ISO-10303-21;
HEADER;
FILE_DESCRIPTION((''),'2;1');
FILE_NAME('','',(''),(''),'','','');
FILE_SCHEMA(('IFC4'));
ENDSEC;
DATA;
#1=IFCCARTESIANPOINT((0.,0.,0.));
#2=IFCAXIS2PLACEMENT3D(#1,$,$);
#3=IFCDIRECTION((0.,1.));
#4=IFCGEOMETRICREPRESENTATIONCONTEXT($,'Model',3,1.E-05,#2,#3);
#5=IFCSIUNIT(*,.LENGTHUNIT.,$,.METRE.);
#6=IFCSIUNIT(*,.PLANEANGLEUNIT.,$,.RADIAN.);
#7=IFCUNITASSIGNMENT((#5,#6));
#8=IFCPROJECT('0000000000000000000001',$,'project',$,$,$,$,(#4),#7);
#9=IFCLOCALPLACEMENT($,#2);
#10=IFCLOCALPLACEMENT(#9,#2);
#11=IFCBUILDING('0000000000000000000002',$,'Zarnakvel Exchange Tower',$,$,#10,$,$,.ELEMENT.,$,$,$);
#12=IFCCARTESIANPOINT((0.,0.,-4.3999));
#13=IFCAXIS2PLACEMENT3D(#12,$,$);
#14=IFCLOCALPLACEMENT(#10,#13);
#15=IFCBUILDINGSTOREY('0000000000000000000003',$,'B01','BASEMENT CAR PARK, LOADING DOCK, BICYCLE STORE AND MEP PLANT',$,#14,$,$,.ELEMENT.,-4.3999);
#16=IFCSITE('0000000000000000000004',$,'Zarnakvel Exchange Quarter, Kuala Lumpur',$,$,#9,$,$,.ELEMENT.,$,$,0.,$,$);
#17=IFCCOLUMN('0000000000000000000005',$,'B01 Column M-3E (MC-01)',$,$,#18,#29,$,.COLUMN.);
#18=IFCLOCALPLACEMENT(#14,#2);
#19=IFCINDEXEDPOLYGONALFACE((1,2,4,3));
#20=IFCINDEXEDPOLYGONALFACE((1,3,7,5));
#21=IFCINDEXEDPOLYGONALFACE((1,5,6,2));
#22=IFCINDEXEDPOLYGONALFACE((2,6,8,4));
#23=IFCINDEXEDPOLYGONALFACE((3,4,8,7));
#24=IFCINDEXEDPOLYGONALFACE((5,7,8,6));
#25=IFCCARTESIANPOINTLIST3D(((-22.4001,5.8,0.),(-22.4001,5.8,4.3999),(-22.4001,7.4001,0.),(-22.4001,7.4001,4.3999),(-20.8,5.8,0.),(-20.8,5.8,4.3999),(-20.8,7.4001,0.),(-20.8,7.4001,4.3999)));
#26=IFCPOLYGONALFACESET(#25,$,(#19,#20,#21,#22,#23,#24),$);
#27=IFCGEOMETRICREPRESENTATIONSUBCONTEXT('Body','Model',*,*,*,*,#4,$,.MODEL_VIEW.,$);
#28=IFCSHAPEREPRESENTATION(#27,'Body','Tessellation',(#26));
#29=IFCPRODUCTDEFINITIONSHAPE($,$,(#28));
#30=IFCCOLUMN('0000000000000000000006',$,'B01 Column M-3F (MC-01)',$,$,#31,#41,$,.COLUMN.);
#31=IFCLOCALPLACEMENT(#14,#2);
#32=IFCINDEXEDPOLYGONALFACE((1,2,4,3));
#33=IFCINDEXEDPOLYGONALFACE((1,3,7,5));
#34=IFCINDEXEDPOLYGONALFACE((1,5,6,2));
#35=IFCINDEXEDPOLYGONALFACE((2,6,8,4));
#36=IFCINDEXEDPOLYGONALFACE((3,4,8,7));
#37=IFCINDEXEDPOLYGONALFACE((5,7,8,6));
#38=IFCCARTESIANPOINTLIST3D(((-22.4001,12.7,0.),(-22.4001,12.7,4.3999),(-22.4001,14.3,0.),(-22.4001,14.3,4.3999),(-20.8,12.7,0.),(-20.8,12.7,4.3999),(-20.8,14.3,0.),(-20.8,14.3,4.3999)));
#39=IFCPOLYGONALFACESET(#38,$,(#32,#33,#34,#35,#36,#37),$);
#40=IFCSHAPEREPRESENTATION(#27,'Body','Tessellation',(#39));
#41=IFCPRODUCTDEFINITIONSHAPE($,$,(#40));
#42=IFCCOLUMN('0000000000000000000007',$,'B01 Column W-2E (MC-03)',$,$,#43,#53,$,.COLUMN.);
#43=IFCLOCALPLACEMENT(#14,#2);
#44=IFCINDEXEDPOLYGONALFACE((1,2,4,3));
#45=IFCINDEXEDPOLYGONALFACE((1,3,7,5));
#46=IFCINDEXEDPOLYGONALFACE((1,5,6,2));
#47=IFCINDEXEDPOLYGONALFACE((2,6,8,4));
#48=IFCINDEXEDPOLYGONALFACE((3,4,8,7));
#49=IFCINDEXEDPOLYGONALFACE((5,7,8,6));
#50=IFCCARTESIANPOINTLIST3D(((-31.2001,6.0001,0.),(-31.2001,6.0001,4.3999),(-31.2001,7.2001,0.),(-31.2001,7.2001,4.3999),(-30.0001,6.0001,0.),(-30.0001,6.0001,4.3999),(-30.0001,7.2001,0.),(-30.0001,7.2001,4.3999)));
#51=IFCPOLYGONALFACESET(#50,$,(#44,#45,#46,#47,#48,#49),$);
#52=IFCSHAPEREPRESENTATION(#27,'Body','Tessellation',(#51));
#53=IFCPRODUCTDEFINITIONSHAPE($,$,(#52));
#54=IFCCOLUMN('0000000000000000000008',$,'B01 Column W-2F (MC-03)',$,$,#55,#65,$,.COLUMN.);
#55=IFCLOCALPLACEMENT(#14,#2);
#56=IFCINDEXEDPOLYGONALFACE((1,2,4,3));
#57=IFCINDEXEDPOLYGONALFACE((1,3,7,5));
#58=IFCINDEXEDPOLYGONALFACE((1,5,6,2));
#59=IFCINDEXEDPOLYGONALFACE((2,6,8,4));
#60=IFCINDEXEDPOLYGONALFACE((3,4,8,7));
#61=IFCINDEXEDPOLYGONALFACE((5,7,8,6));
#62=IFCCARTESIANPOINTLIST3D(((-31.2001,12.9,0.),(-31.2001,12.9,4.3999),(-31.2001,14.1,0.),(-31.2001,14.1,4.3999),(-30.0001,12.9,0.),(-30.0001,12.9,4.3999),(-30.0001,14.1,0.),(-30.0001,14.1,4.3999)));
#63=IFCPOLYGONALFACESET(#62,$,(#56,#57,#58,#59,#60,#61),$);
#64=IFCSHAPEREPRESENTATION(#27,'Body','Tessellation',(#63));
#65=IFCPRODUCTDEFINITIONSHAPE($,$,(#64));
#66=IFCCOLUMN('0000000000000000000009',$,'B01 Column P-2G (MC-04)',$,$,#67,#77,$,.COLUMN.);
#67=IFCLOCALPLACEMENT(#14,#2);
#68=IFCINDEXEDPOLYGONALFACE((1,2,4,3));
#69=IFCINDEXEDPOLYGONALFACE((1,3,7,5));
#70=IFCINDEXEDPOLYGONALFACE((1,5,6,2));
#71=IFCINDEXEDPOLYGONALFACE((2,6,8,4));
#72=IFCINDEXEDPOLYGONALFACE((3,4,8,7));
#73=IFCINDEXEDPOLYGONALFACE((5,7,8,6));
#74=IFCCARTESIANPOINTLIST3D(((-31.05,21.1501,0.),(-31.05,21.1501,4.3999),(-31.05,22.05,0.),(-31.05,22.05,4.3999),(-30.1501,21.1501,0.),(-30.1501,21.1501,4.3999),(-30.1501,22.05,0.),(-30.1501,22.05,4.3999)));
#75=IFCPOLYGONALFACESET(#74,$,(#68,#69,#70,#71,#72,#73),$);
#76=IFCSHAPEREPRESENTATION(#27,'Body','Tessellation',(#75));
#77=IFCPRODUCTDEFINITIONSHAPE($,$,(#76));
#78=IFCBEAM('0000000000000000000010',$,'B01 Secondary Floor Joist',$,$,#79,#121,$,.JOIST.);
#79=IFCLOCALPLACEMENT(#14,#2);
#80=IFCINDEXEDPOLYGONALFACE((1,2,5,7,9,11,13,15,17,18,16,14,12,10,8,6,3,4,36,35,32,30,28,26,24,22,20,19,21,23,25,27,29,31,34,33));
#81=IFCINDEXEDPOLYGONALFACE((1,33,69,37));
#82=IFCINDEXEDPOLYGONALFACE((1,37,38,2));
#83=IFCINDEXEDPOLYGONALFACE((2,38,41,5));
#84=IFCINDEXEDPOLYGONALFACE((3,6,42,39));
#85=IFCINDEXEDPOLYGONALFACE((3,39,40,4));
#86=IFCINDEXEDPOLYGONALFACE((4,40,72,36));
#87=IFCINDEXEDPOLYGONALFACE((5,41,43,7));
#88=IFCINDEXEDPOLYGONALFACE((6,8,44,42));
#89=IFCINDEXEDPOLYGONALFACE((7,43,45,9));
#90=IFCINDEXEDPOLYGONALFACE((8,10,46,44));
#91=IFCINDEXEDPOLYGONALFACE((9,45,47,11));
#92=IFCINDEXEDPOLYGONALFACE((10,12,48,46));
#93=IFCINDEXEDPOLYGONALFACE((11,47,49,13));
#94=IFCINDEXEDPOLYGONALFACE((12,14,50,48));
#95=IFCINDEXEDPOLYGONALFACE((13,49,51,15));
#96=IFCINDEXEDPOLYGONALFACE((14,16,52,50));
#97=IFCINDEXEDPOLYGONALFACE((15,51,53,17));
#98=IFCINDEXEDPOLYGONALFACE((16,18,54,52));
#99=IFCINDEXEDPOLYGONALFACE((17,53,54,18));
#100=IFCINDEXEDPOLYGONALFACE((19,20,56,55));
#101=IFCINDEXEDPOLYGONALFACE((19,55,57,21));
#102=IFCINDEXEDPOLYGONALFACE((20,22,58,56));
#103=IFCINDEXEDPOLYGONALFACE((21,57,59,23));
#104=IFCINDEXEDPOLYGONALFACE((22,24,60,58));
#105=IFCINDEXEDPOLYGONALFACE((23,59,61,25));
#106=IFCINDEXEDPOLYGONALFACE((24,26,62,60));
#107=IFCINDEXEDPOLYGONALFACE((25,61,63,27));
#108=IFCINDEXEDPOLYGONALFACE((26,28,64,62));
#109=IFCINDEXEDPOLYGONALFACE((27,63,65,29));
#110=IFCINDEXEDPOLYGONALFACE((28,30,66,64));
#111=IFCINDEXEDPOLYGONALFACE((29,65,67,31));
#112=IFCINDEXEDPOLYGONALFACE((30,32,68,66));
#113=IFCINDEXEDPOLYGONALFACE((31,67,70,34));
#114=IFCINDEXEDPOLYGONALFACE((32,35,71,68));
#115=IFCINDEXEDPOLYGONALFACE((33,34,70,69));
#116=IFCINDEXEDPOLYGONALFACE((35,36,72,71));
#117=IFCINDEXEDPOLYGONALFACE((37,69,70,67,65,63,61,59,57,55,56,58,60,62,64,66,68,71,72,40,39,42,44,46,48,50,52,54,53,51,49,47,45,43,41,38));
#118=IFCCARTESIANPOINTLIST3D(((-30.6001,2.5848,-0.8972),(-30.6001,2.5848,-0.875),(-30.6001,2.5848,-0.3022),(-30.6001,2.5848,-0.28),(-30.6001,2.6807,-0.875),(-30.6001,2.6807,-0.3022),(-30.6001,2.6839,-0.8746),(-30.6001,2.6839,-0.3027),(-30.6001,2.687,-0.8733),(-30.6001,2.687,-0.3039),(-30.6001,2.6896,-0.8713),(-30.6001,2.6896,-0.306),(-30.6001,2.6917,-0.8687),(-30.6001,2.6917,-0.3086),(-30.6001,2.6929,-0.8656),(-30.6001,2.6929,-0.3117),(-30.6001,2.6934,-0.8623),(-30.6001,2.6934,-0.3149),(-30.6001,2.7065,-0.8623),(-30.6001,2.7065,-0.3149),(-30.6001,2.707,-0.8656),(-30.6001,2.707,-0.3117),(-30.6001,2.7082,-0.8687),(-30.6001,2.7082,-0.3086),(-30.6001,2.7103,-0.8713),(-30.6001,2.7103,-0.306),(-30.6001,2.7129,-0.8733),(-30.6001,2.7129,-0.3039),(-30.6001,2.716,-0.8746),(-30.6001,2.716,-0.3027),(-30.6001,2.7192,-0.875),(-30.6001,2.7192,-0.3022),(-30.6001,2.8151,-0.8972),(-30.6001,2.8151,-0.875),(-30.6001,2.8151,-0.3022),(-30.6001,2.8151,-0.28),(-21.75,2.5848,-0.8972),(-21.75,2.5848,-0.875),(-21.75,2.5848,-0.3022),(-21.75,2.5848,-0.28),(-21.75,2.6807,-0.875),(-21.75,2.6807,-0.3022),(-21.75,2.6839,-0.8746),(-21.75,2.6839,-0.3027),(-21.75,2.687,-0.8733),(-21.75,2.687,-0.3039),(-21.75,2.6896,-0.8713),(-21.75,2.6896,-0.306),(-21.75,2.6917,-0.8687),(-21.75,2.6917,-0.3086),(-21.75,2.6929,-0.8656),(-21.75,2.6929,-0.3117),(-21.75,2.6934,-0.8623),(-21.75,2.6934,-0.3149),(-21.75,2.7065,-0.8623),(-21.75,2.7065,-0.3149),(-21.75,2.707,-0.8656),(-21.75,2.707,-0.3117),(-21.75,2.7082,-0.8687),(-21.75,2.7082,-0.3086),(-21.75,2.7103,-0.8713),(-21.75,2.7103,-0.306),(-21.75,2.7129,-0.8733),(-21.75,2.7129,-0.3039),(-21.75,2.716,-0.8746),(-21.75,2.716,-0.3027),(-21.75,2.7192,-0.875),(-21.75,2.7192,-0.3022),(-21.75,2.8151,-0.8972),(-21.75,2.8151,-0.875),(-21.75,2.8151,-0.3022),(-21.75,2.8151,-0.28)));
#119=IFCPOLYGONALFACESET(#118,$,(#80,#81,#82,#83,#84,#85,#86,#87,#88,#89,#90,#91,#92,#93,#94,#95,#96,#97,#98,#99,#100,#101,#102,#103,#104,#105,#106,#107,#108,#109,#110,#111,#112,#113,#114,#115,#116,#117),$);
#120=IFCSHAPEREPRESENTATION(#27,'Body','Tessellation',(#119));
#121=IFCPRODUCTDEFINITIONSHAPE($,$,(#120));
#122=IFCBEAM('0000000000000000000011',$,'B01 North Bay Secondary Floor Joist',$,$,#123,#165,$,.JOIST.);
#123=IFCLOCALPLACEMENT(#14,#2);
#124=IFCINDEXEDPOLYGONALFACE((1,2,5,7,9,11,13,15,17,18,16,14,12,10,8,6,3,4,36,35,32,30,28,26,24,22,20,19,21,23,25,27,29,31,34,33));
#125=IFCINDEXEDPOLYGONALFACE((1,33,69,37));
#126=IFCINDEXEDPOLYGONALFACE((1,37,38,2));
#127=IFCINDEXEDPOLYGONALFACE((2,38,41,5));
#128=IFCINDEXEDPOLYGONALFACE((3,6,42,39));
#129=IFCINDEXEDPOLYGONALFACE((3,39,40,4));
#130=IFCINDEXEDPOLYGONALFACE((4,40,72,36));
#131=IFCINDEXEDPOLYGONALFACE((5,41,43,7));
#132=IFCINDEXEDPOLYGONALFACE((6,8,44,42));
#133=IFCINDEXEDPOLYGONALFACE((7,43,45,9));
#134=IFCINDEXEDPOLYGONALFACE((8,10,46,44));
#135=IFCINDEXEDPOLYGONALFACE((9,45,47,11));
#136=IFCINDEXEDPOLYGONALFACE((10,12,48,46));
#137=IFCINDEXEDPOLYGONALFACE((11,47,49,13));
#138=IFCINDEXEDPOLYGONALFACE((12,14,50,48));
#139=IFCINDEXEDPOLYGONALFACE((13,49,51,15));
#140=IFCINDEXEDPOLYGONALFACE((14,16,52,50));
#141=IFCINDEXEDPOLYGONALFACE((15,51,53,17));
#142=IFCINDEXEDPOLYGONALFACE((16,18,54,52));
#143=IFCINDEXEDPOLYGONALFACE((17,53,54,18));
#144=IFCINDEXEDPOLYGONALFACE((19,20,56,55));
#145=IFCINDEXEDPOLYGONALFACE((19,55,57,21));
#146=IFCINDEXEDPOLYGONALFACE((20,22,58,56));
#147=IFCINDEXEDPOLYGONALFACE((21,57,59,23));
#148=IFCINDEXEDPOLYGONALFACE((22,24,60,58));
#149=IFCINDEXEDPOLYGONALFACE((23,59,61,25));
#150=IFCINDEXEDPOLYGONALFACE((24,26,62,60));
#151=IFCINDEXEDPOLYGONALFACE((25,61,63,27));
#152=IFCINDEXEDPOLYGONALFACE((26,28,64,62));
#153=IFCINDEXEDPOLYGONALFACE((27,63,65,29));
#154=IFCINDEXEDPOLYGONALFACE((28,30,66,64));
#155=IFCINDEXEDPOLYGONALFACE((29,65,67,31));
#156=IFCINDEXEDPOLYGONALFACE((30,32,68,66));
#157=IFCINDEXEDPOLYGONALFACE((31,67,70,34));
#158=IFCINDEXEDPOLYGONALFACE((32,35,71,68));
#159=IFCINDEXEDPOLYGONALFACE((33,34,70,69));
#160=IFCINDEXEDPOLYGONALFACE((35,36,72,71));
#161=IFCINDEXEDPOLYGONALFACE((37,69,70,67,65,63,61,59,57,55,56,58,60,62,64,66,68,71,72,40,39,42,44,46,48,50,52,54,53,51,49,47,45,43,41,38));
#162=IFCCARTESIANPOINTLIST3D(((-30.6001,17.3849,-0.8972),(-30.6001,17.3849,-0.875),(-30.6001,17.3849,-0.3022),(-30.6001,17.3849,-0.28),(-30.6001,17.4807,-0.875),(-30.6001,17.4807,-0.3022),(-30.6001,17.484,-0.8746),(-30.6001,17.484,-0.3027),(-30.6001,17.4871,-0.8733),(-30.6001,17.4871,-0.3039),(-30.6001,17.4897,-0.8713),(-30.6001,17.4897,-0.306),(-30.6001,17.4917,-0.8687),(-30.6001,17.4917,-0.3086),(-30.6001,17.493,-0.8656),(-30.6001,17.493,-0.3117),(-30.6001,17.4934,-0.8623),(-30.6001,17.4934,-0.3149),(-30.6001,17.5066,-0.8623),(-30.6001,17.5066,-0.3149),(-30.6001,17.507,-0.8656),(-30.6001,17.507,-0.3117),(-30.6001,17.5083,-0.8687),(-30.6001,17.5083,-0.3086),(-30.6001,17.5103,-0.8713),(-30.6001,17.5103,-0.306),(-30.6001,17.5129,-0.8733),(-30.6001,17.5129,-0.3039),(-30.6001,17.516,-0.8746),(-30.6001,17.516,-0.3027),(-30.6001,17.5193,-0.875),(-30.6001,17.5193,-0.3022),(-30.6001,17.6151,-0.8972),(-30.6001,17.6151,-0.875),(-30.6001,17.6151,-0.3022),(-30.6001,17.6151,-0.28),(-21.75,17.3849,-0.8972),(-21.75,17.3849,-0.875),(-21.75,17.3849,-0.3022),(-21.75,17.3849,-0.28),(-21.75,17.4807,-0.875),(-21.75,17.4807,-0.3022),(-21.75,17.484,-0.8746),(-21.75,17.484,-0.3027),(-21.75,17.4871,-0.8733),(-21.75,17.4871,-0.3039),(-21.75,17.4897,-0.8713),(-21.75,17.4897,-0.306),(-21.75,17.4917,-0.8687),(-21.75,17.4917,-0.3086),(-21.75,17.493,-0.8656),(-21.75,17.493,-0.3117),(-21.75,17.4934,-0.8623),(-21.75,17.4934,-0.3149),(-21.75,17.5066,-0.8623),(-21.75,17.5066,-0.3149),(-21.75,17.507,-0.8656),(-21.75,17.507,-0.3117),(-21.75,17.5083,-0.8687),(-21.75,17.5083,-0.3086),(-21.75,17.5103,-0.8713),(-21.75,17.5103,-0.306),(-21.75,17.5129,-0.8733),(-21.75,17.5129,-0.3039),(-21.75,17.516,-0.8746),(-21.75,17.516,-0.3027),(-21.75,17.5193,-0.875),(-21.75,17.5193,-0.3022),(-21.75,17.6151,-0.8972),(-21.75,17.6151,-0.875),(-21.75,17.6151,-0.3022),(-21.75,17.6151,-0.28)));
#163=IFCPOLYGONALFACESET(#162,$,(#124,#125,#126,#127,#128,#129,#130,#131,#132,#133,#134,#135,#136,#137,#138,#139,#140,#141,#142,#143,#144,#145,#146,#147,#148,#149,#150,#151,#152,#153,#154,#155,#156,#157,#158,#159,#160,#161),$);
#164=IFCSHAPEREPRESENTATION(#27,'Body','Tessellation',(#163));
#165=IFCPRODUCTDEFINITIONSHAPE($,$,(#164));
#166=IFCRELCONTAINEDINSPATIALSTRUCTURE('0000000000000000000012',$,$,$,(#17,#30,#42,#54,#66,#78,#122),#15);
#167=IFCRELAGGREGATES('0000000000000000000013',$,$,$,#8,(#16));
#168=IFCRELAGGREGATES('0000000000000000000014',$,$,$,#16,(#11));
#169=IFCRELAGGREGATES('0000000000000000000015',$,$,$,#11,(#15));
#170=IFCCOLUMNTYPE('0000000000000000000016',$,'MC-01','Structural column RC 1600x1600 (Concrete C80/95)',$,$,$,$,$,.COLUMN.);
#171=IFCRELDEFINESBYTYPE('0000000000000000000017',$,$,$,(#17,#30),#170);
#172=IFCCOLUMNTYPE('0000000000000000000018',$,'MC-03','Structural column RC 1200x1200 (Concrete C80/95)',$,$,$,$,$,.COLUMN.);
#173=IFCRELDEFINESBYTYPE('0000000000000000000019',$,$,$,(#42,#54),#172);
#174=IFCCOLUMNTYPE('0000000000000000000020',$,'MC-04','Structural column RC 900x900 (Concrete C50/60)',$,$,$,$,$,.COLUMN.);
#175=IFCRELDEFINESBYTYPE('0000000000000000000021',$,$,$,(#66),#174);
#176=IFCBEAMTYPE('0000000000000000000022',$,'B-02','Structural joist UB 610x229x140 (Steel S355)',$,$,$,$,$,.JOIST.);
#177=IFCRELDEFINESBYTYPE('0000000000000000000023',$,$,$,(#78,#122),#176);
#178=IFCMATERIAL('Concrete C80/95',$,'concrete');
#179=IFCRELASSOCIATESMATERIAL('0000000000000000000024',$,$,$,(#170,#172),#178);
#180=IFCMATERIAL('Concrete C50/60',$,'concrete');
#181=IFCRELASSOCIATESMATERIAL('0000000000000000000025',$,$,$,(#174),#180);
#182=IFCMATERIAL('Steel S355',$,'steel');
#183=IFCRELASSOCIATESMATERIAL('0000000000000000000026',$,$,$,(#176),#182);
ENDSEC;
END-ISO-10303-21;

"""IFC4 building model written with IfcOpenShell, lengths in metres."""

from ifc_helpers import new_model, si_unit, direction, frame, origin, origin_2d, place, context, subcontext, project, spatial, rectangle, i_section, extrude, material, material_profile, profile_set, type_object, element, save


model = new_model("IFC4")

# Units and contexts
model_context = context("Model", 3, precision=1e-05, world=origin(), true_north=direction((0.0, 1.0)))
body_context = subcontext(model_context, "Body", "Model", "MODEL_VIEW")
ifc_project = project(units=[si_unit("LENGTHUNIT", "METRE"), si_unit("PLANEANGLEUNIT", "RADIAN")], contexts=[model_context])

# Site, building, storey
site_placement = place(None, origin())
site = spatial("IfcSite", under=ifc_project, at=site_placement, Name="Zarnakvel Exchange Quarter, Kuala Lumpur", CompositionType="ELEMENT", RefElevation=0.0)
building_placement = place(site_placement, origin())
building = spatial("IfcBuilding", under=site, at=building_placement, Name="Zarnakvel Exchange Tower", CompositionType="ELEMENT")
storey_placement = place(building_placement, frame((0.0, 0.0, -4.3999)))
storey = spatial("IfcBuildingStorey", under=building, at=storey_placement, Name="B01", Description="BASEMENT CAR PARK, LOADING DOCK, BICYCLE STORE AND MEP PLANT", CompositionType="ELEMENT", Elevation=-4.3999)

# Columns
ifc_material_1 = material(Name="Concrete C80/95", Category="concrete")
ifc_material_profile_1 = material_profile(ifc_material_1, rectangle(XDim=1.6001, YDim=1.6001, at=origin_2d()))
ifc_profile_set_1 = profile_set([ifc_material_profile_1], Name="Concrete C80/95")
column_type_1 = type_object("IfcColumnType", Name="MC-01", Description="Structural column RC 1600x1600 (Concrete C80/95)", PredefinedType="COLUMN", material=ifc_profile_set_1)
for number, where, z_axis, x_axis, name in (
    (1, (-21.6001, 6.6001, 0.0), (0.0, 0.0, 1.0), (1.0, 0.0, 0.0), "B01 Column M-3E (MC-01)"),
    (2, (-21.6001, 13.5, 0.0), (0.0, 0.0, 1.0), (1.0, 0.0, 0.0), "B01 Column M-3F (MC-01)"),
):
    element("IfcColumn", number, at=place(storey_placement, frame(where, z_axis=z_axis, x_axis=x_axis)), inside=storey, type_object=column_type_1, Name=name, PredefinedType="COLUMN", context=body_context, shape_type="SweptSolid", body=[
        extrude(rectangle(XDim=1.6001, YDim=1.6001, at=origin_2d()), origin(), (0.0, 0.0, 1.0), 4.3999),
    ])
ifc_material_profile_2 = material_profile(ifc_material_1, rectangle(XDim=1.2, YDim=1.2, at=origin_2d()))
ifc_profile_set_2 = profile_set([ifc_material_profile_2], Name="Concrete C80/95")
column_type_2 = type_object("IfcColumnType", Name="MC-03", Description="Structural column RC 1200x1200 (Concrete C80/95)", PredefinedType="COLUMN", material=ifc_profile_set_2)
for number, where, z_axis, x_axis, name in (
    (3, (-30.6001, 6.6001, 0.0), (0.0, 0.0, 1.0), (1.0, 0.0, 0.0), "B01 Column W-2E (MC-03)"),
    (4, (-30.6001, 13.5, 0.0), (0.0, 0.0, 1.0), (1.0, 0.0, 0.0), "B01 Column W-2F (MC-03)"),
):
    element("IfcColumn", number, at=place(storey_placement, frame(where, z_axis=z_axis, x_axis=x_axis)), inside=storey, type_object=column_type_2, Name=name, PredefinedType="COLUMN", context=body_context, shape_type="SweptSolid", body=[
        extrude(rectangle(XDim=1.2, YDim=1.2, at=origin_2d()), origin(), (0.0, 0.0, 1.0), 4.3999),
    ])
ifc_material_2 = material(Name="Concrete C50/60", Category="concrete")
ifc_material_profile_3 = material_profile(ifc_material_2, rectangle(XDim=0.8999, YDim=0.8999, at=origin_2d()))
ifc_profile_set_3 = profile_set([ifc_material_profile_3], Name="Concrete C50/60")
column_type_3 = type_object("IfcColumnType", Name="MC-04", Description="Structural column RC 900x900 (Concrete C50/60)", PredefinedType="COLUMN", material=ifc_profile_set_3)
column_placement = place(storey_placement, frame((-30.6001, 21.6001, 0.0), z_axis=(0.0, 0.0, 1.0), x_axis=(1.0, 0.0, 0.0)))
element("IfcColumn", 5, at=column_placement, inside=storey, type_object=column_type_3, Name="B01 Column P-2G (MC-04)", PredefinedType="COLUMN", context=body_context, shape_type="SweptSolid", body=[
    extrude(rectangle(XDim=0.8999, YDim=0.8999, at=origin_2d()), origin(), (0.0, 0.0, 1.0), 4.3999),
])

# Beams
ifc_material_3 = material(Name="Steel S355", Category="steel")
ifc_material_profile_4 = material_profile(ifc_material_3, i_section(OverallWidth=0.2302, OverallDepth=0.6172, WebThickness=0.0132, FlangeThickness=0.0222, FilletRadius=0.0127, at=origin_2d()))
ifc_profile_set_4 = profile_set([ifc_material_profile_4], Name="Steel S355")
beam_type_1 = type_object("IfcBeamType", Name="B-02", Description="Structural joist UB 610x229x140 (Steel S355)", PredefinedType="JOIST", material=ifc_profile_set_4)
for number, where, z_axis, x_axis, name in (
    (6, (-30.6001, 2.7, -0.5886), (1.0, 0.0, 0.0), (0.0, 1.0, 0.0), "B01 Secondary Floor Joist"),
    (7, (-30.6001, 17.5, -0.5886), (1.0, 0.0, 0.0), (0.0, 1.0, 0.0), "B01 North Bay Secondary Floor Joist"),
):
    element("IfcBeam", number, at=place(storey_placement, frame(where, z_axis=z_axis, x_axis=x_axis)), inside=storey, type_object=beam_type_1, Name=name, PredefinedType="JOIST", context=body_context, shape_type="SweptSolid", body=[
        extrude(i_section(OverallWidth=0.2302, OverallDepth=0.6172, WebThickness=0.0132, FlangeThickness=0.0222, FilletRadius=0.0127, at=origin_2d()), origin(), (0.0, 0.0, 1.0), 8.8501),
    ])

save(model, "model.ifc")
